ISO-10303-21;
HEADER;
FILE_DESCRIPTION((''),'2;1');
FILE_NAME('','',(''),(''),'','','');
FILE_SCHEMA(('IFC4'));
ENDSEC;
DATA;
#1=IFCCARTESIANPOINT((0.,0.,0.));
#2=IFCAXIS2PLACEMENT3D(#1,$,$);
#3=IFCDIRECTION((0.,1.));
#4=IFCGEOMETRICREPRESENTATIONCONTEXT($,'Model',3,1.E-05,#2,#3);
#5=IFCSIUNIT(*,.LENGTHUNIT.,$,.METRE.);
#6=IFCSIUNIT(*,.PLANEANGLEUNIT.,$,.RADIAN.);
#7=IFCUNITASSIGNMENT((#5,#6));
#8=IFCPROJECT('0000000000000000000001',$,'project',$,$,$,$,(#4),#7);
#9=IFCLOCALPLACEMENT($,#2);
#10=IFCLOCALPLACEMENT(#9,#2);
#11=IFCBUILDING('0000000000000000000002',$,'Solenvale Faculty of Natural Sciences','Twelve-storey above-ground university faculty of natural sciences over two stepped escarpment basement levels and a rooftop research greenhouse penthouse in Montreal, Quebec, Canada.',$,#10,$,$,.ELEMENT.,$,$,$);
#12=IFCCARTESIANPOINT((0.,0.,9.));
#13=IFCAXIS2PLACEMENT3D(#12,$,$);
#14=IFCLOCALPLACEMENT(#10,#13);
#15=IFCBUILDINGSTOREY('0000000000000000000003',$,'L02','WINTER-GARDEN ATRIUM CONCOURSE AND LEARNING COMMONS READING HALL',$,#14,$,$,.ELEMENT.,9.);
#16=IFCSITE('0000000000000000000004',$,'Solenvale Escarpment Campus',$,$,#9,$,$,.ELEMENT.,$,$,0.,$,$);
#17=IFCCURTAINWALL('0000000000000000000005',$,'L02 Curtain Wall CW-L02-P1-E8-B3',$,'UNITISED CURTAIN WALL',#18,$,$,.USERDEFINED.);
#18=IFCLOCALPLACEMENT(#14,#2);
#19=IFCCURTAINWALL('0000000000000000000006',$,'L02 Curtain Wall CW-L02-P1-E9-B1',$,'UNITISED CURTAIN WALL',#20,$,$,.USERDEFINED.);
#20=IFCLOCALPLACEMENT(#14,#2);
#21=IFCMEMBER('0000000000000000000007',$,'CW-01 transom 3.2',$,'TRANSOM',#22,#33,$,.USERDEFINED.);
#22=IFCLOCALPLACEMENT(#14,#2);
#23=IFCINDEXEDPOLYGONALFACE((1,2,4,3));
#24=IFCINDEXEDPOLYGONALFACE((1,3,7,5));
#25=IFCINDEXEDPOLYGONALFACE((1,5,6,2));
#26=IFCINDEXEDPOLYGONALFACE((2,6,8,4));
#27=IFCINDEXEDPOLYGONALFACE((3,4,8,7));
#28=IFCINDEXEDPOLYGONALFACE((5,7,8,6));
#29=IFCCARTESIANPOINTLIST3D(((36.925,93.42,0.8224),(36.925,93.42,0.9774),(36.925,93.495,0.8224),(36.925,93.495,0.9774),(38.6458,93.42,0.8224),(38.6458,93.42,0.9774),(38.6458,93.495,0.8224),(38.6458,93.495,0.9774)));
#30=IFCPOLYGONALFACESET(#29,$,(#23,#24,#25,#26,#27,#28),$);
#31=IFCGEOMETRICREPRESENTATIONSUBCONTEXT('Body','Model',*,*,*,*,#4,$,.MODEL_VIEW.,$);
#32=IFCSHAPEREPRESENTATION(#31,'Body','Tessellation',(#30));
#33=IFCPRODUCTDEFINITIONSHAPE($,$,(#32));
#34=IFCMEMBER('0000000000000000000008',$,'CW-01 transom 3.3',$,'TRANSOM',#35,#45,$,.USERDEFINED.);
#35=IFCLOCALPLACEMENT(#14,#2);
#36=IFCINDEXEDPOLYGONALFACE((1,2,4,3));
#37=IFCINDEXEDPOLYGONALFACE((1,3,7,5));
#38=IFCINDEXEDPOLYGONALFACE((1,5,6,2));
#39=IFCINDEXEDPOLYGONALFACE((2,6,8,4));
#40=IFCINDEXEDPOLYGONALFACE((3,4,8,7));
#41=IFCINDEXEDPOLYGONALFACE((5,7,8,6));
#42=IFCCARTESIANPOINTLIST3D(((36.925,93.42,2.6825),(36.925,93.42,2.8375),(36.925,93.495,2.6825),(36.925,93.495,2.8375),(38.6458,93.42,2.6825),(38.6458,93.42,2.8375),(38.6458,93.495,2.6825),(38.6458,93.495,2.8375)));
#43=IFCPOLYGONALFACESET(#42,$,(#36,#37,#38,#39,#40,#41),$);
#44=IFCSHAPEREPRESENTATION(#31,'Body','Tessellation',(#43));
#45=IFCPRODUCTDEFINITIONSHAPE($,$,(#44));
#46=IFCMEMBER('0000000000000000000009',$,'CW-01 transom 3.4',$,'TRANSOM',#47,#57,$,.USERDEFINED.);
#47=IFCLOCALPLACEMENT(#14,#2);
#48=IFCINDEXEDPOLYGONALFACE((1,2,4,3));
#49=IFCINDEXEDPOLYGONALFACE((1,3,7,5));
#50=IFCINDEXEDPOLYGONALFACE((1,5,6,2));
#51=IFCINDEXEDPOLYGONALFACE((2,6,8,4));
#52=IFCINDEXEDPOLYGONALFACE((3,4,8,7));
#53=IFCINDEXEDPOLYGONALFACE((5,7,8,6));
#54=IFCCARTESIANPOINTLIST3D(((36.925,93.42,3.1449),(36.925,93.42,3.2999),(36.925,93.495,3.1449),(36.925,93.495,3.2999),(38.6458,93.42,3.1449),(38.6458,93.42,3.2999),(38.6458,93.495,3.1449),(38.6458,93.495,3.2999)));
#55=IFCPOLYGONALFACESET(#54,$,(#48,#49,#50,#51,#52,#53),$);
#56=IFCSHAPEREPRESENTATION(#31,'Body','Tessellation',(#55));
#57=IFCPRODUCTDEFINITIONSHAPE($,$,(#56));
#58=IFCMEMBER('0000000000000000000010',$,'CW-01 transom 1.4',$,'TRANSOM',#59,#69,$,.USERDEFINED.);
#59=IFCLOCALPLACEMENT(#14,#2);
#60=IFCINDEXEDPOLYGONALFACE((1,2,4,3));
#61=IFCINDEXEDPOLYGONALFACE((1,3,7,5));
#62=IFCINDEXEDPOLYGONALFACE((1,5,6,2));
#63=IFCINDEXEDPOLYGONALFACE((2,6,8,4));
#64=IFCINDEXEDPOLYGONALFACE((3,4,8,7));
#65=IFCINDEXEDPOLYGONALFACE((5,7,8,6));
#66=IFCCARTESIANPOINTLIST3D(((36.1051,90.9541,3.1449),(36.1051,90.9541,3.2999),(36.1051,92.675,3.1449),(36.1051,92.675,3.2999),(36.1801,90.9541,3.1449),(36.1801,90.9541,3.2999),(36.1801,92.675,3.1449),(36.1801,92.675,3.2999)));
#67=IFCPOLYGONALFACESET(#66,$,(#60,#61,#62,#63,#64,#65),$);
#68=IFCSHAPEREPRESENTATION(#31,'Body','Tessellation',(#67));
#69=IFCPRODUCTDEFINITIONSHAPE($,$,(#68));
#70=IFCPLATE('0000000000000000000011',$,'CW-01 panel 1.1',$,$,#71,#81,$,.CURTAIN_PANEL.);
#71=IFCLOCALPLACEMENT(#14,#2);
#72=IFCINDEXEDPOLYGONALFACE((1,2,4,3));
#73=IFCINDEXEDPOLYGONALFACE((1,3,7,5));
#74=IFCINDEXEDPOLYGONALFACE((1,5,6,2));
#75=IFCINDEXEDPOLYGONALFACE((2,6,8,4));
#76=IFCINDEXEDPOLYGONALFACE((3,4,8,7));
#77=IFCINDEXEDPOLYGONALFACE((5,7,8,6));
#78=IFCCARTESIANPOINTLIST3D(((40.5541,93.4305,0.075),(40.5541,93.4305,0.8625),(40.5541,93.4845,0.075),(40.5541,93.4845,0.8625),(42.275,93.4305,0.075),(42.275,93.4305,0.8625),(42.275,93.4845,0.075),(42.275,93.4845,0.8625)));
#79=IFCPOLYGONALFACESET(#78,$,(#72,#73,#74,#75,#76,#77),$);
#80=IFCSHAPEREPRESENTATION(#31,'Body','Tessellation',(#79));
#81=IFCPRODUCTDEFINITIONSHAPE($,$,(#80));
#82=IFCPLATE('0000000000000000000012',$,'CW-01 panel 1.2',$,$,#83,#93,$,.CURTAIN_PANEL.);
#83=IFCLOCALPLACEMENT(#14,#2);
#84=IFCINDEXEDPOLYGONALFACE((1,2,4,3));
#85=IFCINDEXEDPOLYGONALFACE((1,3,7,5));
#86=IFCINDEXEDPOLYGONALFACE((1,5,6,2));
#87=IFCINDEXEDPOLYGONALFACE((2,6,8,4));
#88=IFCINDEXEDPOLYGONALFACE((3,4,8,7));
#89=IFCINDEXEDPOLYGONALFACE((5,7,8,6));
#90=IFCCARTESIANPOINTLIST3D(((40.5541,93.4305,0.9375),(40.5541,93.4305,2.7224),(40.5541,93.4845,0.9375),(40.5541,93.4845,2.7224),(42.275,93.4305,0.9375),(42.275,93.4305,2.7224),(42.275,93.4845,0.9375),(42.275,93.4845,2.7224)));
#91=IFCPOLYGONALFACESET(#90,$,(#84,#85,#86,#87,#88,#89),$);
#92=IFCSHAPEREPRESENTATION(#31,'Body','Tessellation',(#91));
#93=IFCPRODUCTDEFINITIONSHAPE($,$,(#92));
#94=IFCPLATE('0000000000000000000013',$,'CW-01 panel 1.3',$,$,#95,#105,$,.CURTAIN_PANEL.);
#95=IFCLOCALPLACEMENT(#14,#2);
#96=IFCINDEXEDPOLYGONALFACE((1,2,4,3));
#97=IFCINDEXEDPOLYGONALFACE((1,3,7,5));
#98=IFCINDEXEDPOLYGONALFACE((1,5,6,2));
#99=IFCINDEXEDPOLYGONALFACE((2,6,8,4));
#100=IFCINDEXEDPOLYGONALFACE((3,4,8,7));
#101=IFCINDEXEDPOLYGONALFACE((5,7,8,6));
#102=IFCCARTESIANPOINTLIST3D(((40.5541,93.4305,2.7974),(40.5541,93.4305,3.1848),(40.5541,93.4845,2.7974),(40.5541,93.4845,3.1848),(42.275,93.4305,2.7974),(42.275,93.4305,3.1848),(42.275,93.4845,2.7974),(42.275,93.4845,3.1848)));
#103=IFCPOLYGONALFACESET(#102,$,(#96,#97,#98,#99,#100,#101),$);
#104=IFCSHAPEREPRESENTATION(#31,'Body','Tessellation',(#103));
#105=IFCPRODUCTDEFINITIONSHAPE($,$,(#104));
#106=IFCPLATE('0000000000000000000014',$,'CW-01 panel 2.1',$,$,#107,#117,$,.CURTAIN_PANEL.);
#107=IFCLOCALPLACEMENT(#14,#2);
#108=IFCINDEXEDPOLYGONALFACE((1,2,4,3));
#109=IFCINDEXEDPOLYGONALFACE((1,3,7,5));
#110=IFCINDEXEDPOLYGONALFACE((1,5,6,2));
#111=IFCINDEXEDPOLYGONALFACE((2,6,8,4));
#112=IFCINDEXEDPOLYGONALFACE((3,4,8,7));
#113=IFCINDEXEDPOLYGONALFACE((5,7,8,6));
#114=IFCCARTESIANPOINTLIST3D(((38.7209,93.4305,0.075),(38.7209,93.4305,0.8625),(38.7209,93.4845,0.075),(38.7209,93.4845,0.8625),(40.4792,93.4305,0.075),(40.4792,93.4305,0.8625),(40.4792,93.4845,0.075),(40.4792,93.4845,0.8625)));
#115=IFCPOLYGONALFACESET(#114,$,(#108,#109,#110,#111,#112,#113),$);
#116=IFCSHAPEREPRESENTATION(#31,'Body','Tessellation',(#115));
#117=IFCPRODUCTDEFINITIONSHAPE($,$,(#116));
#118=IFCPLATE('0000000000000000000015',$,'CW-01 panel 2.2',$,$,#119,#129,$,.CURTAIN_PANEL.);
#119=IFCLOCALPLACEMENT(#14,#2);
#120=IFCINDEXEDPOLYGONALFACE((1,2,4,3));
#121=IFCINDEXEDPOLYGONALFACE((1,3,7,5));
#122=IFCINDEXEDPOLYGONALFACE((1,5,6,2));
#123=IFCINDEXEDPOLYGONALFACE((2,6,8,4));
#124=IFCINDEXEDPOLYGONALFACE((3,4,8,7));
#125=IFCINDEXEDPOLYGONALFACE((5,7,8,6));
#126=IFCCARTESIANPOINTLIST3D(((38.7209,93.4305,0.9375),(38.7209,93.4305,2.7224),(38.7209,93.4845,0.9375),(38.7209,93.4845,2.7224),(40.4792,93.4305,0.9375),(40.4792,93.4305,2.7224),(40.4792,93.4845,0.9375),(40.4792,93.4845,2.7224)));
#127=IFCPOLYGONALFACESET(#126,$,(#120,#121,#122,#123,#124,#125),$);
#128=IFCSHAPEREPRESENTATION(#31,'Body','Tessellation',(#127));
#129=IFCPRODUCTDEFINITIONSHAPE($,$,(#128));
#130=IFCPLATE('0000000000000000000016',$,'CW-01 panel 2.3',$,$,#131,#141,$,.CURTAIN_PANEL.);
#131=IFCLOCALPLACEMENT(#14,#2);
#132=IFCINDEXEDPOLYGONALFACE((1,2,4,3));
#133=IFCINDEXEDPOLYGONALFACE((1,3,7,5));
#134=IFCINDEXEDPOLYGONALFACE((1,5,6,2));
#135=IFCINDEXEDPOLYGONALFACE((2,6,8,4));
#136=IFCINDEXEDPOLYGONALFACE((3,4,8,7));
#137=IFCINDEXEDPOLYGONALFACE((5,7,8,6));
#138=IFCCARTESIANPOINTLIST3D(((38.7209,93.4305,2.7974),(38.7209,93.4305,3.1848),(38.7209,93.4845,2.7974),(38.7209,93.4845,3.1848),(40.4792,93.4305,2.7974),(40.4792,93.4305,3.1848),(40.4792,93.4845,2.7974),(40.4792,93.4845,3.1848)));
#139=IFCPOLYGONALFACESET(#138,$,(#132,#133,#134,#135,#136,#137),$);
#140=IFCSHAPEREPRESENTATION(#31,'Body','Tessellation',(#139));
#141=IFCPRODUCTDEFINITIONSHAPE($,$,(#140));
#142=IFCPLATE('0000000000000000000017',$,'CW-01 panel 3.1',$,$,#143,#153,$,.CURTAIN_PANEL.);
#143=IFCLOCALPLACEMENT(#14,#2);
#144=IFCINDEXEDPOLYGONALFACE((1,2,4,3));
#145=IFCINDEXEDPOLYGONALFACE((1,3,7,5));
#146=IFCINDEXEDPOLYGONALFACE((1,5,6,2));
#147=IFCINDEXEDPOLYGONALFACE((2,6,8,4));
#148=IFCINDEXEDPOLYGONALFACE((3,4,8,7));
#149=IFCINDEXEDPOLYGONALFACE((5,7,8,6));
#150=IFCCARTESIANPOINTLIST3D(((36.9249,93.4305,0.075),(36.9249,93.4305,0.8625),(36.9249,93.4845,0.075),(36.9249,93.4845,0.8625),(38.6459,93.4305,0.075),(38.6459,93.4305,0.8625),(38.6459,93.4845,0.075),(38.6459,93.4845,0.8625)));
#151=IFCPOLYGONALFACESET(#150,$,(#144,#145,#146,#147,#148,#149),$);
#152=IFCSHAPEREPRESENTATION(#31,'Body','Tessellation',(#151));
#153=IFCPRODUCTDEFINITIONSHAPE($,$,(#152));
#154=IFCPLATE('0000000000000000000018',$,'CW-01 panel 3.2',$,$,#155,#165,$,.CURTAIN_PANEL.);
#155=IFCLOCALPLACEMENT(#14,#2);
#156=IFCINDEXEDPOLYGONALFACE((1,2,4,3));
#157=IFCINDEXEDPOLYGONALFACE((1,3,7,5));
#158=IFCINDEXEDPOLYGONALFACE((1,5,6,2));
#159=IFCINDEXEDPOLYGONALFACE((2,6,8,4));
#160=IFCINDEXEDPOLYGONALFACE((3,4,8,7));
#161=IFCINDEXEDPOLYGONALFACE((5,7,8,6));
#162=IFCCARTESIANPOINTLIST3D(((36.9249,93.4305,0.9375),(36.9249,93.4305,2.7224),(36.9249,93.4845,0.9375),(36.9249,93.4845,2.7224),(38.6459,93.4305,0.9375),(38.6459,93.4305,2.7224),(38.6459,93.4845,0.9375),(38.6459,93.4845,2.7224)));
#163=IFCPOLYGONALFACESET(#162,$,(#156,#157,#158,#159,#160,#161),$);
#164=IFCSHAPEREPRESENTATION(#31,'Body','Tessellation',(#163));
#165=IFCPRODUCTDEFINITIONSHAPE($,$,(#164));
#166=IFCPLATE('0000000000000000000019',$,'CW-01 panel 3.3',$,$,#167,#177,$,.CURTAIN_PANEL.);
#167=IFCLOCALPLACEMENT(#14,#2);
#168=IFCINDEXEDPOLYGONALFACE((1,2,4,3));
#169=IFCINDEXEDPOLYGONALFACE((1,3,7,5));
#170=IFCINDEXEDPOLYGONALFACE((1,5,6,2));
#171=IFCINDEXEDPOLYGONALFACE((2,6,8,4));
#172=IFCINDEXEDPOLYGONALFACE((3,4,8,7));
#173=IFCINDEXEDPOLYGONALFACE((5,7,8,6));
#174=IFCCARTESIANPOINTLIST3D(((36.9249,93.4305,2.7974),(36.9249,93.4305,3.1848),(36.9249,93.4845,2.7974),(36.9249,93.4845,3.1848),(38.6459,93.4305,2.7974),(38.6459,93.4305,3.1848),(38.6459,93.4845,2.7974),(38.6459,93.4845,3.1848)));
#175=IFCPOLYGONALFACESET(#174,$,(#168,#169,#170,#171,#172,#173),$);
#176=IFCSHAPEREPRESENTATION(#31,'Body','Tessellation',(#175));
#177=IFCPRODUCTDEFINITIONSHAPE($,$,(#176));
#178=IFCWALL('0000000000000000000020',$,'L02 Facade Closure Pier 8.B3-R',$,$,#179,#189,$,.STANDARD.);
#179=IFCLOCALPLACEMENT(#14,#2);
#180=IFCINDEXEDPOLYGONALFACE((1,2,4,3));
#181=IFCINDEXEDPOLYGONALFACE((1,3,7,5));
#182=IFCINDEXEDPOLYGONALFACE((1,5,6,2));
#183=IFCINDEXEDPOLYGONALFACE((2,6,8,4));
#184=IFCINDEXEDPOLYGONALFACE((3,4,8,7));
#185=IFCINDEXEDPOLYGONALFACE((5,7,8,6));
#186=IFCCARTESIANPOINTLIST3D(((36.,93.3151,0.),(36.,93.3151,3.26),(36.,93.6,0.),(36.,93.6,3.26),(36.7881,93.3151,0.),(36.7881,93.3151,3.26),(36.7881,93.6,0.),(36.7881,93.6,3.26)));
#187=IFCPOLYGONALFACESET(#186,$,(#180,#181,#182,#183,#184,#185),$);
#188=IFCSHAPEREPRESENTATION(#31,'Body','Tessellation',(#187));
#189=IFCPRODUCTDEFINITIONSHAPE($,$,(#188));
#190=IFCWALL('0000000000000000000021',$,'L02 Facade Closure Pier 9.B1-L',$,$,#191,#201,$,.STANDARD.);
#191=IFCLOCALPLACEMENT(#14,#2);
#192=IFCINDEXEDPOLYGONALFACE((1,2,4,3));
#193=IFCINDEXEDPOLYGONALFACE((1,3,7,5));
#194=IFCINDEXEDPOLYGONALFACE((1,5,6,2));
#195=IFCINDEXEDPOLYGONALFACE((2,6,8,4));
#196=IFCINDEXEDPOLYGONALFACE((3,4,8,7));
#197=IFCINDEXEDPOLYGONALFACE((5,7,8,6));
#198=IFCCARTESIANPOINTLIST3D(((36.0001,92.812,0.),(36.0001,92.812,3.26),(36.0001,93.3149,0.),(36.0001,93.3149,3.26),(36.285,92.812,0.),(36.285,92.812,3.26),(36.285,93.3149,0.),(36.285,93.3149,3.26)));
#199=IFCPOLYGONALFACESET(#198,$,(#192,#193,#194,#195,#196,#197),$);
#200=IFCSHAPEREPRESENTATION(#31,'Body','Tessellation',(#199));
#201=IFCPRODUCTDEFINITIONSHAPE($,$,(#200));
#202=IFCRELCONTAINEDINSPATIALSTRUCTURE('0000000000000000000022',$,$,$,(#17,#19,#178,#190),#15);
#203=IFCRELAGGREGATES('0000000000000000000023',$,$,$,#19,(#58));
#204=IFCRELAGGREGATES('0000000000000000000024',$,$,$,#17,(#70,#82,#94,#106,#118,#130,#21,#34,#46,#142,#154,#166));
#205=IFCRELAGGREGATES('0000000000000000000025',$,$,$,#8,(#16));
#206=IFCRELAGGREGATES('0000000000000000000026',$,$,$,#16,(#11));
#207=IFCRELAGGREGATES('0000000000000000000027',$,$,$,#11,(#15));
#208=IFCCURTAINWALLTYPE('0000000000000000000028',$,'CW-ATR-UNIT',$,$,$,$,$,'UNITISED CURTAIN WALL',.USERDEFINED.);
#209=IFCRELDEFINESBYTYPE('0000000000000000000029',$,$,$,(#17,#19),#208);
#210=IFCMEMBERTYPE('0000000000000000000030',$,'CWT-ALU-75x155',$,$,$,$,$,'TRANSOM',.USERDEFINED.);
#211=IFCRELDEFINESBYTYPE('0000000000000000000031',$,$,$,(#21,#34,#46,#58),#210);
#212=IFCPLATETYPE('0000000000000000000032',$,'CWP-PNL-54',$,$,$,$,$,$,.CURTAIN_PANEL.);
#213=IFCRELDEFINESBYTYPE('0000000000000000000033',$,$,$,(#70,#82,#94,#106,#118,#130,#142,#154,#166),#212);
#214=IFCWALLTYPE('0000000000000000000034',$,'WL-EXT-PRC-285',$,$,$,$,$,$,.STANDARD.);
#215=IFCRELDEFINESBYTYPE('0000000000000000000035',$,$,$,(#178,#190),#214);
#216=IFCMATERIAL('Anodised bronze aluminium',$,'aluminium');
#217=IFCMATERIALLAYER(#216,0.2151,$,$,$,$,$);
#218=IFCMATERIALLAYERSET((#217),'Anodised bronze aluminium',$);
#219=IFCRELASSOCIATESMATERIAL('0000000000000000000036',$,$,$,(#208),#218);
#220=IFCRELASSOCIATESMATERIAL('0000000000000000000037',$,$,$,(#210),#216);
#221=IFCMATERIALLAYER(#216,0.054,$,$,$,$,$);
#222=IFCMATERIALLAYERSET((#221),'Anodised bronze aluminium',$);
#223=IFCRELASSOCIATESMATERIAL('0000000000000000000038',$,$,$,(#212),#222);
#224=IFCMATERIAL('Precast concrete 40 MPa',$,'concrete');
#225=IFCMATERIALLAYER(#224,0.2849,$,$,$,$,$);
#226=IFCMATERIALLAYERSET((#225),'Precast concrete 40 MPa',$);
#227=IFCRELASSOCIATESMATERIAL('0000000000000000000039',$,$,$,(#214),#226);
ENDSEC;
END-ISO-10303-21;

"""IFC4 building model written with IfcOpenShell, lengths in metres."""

from ifc_helpers import new_model, si_unit, direction, frame, frame_2d, origin, origin_2d, place, context, subcontext, project, spatial, rectangle, extrude, material, layer, layer_set, material_profile, profile_set, type_object, element, aggregate, save


model = new_model("IFC4")

# Units and contexts
model_context = context("Model", 3, precision=1e-05, world=origin(), true_north=direction((0.0, 1.0)))
body_context = subcontext(model_context, "Body", "Model", "MODEL_VIEW")
ifc_project = project(units=[si_unit("LENGTHUNIT", "METRE"), si_unit("PLANEANGLEUNIT", "RADIAN")], contexts=[model_context])

# Site, building, storey
site_placement = place(None, origin())
site = spatial("IfcSite", under=ifc_project, at=site_placement, Name="Solenvale Escarpment Campus", CompositionType="ELEMENT", RefElevation=0.0)
building_placement = place(site_placement, origin())
building = spatial("IfcBuilding", under=site, at=building_placement, Name="Solenvale Faculty of Natural Sciences", Description="Twelve-storey above-ground university faculty of natural sciences over two stepped escarpment basement levels and a rooftop research greenhouse penthouse in Montreal, Quebec, Canada.", CompositionType="ELEMENT")
storey_placement = place(building_placement, frame((0.0, 0.0, 9.0)))
storey = spatial("IfcBuildingStorey", under=building, at=storey_placement, Name="L02", Description="WINTER-GARDEN ATRIUM CONCOURSE AND LEARNING COMMONS READING HALL", CompositionType="ELEMENT", Elevation=9.0)

# Curtain wall
ifc_material_1 = material(Name="Anodised bronze aluminium", Category="aluminium")
ifc_layer_1 = layer(ifc_material_1, 0.2151)
ifc_layer_set_1 = layer_set([ifc_layer_1], Name="Anodised bronze aluminium")
curtain_wall_type = type_object("IfcCurtainWallType", Name="CW-ATR-UNIT", ElementType="UNITISED CURTAIN WALL", PredefinedType="USERDEFINED", material=ifc_layer_set_1)
curtain_wall_1_placement = place(storey_placement, origin())
curtain_wall_1 = element("IfcCurtainWall", 1, at=curtain_wall_1_placement, inside=storey, type_object=curtain_wall_type, Name="L02 Curtain Wall CW-L02-P1-E8-B3", ObjectType="UNITISED CURTAIN WALL", PredefinedType="USERDEFINED")

# Curtain wall
curtain_wall_2_placement = place(storey_placement, origin())
curtain_wall_2 = element("IfcCurtainWall", 2, at=curtain_wall_2_placement, inside=storey, type_object=curtain_wall_type, Name="L02 Curtain Wall CW-L02-P1-E9-B1", ObjectType="UNITISED CURTAIN WALL", PredefinedType="USERDEFINED")

# Members
ifc_material_profile_1 = material_profile(ifc_material_1, rectangle(XDim=0.075, YDim=0.155, at=origin_2d()), Name="ALU-TRN-75x155")
ifc_profile_set_1 = profile_set([ifc_material_profile_1], Name="Anodised bronze aluminium")
member_type_1 = type_object("IfcMemberType", Name="CWT-ALU-75x155", ElementType="TRANSOM", PredefinedType="USERDEFINED", material=ifc_profile_set_1)
member_1_placement = place(storey_placement, frame((38.6458, 93.4575, 0.8999), z_axis=(-1.0, 0.0, 0.0), x_axis=(0.0, -1.0, 0.0)))
member_1 = element("IfcMember", 3, at=member_1_placement, type_object=member_type_1, Name="CW-01 transom 3.2", ObjectType="TRANSOM", PredefinedType="USERDEFINED", context=body_context, shape_type="SweptSolid", body=[
    extrude(rectangle(XDim=0.075, YDim=0.155, at=origin_2d()), origin(), (0.0, 0.0, 1.0), 1.7207),
])
member_2_placement = place(storey_placement, frame((38.6458, 93.4575, 2.76), z_axis=(-1.0, 0.0, 0.0), x_axis=(0.0, -1.0, 0.0)))
member_2 = element("IfcMember", 4, at=member_2_placement, type_object=member_type_1, Name="CW-01 transom 3.3", ObjectType="TRANSOM", PredefinedType="USERDEFINED", context=body_context, shape_type="SweptSolid", body=[
    extrude(rectangle(XDim=0.075, YDim=0.155, at=origin_2d()), origin(), (0.0, 0.0, 1.0), 1.7207),
])
member_3_placement = place(storey_placement, frame((38.6458, 93.4575, 3.2224), z_axis=(-1.0, 0.0, 0.0), x_axis=(0.0, -1.0, 0.0)))
member_3 = element("IfcMember", 5, at=member_3_placement, type_object=member_type_1, Name="CW-01 transom 3.4", ObjectType="TRANSOM", PredefinedType="USERDEFINED", context=body_context, shape_type="SweptSolid", body=[
    extrude(rectangle(XDim=0.075, YDim=0.155, at=origin_2d()), origin(), (0.0, 0.0, 1.0), 1.7207),
])
member_4_placement = place(storey_placement, frame((36.1426, 92.675, 3.2224), z_axis=(0.0, -1.0, 0.0), x_axis=(1.0, 0.0, 0.0)))
member_4 = element("IfcMember", 6, at=member_4_placement, type_object=member_type_1, Name="CW-01 transom 1.4", ObjectType="TRANSOM", PredefinedType="USERDEFINED", context=body_context, shape_type="SweptSolid", body=[
    extrude(rectangle(XDim=0.075, YDim=0.155, at=origin_2d()), origin(), (0.0, 0.0, 1.0), 1.7209),
])
aggregate(curtain_wall_2, [member_4])

# Plates
ifc_layer_2 = layer(ifc_material_1, 0.054)
ifc_layer_set_2 = layer_set([ifc_layer_2], Name="Anodised bronze aluminium")
plate_type = type_object("IfcPlateType", Name="CWP-PNL-54", PredefinedType="CURTAIN_PANEL", material=ifc_layer_set_2)
plate_1_placement = place(storey_placement, frame((41.4146, 93.4575, 0.075), z_axis=(0.0, 0.0, 1.0), x_axis=(-1.0, 0.0, 0.0)))
plate_1 = element("IfcPlate", 7, at=plate_1_placement, type_object=plate_type, Name="CW-01 panel 1.1", PredefinedType="CURTAIN_PANEL", context=body_context, shape_type="SweptSolid", body=[
    extrude(rectangle(XDim=1.7209, YDim=0.054, at=origin_2d()), origin(), (0.0, 0.0, 1.0), 0.7876),
])
plate_2_placement = place(storey_placement, frame((41.4146, 93.4575, 0.9375), z_axis=(0.0, 0.0, 1.0), x_axis=(-1.0, 0.0, 0.0)))
plate_2 = element("IfcPlate", 8, at=plate_2_placement, type_object=plate_type, Name="CW-01 panel 1.2", PredefinedType="CURTAIN_PANEL", context=body_context, shape_type="SweptSolid", body=[
    extrude(rectangle(XDim=1.7209, YDim=0.054, at=origin_2d()), origin(), (0.0, 0.0, 1.0), 1.7849),
])
plate_3_placement = place(storey_placement, frame((41.4146, 93.4575, 2.7974), z_axis=(0.0, 0.0, 1.0), x_axis=(-1.0, 0.0, 0.0)))
plate_3 = element("IfcPlate", 9, at=plate_3_placement, type_object=plate_type, Name="CW-01 panel 1.3", PredefinedType="CURTAIN_PANEL", context=body_context, shape_type="SweptSolid", body=[
    extrude(rectangle(XDim=1.7209, YDim=0.054, at=origin_2d()), origin(), (0.0, 0.0, 1.0), 0.3875),
])
plate_4_placement = place(storey_placement, frame((39.6001, 93.4575, 0.075), z_axis=(0.0, 0.0, 1.0), x_axis=(-1.0, 0.0, 0.0)))
plate_4 = element("IfcPlate", 10, at=plate_4_placement, type_object=plate_type, Name="CW-01 panel 2.1", PredefinedType="CURTAIN_PANEL", context=body_context, shape_type="SweptSolid", body=[
    extrude(rectangle(XDim=1.7583, YDim=0.054, at=origin_2d()), origin(), (0.0, 0.0, 1.0), 0.7876),
])
plate_5_placement = place(storey_placement, frame((39.6001, 93.4575, 0.9375), z_axis=(0.0, 0.0, 1.0), x_axis=(-1.0, 0.0, 0.0)))
plate_5 = element("IfcPlate", 11, at=plate_5_placement, type_object=plate_type, Name="CW-01 panel 2.2", PredefinedType="CURTAIN_PANEL", context=body_context, shape_type="SweptSolid", body=[
    extrude(rectangle(XDim=1.7583, YDim=0.054, at=origin_2d()), origin(), (0.0, 0.0, 1.0), 1.7849),
])
plate_6_placement = place(storey_placement, frame((39.6001, 93.4575, 2.7974), z_axis=(0.0, 0.0, 1.0), x_axis=(-1.0, 0.0, 0.0)))
plate_6 = element("IfcPlate", 12, at=plate_6_placement, type_object=plate_type, Name="CW-01 panel 2.3", PredefinedType="CURTAIN_PANEL", context=body_context, shape_type="SweptSolid", body=[
    extrude(rectangle(XDim=1.7583, YDim=0.054, at=origin_2d()), origin(), (0.0, 0.0, 1.0), 0.3875),
])
plate_7_placement = place(storey_placement, frame((37.7854, 93.4575, 0.075), z_axis=(0.0, 0.0, 1.0), x_axis=(-1.0, 0.0, 0.0)))
plate_7 = element("IfcPlate", 13, at=plate_7_placement, type_object=plate_type, Name="CW-01 panel 3.1", PredefinedType="CURTAIN_PANEL", context=body_context, shape_type="SweptSolid", body=[
    extrude(rectangle(XDim=1.7209, YDim=0.054, at=origin_2d()), origin(), (0.0, 0.0, 1.0), 0.7876),
])
plate_8_placement = place(storey_placement, frame((37.7854, 93.4575, 0.9375), z_axis=(0.0, 0.0, 1.0), x_axis=(-1.0, 0.0, 0.0)))
plate_8 = element("IfcPlate", 14, at=plate_8_placement, type_object=plate_type, Name="CW-01 panel 3.2", PredefinedType="CURTAIN_PANEL", context=body_context, shape_type="SweptSolid", body=[
    extrude(rectangle(XDim=1.7209, YDim=0.054, at=origin_2d()), origin(), (0.0, 0.0, 1.0), 1.7849),
])
plate_9_placement = place(storey_placement, frame((37.7854, 93.4575, 2.7974), z_axis=(0.0, 0.0, 1.0), x_axis=(-1.0, 0.0, 0.0)))
plate_9 = element("IfcPlate", 15, at=plate_9_placement, type_object=plate_type, Name="CW-01 panel 3.3", PredefinedType="CURTAIN_PANEL", context=body_context, shape_type="SweptSolid", body=[
    extrude(rectangle(XDim=1.7209, YDim=0.054, at=origin_2d()), origin(), (0.0, 0.0, 1.0), 0.3875),
])
aggregate(curtain_wall_1, [plate_1, plate_2, plate_3, plate_4, plate_5, plate_6, member_1, member_2, member_3, plate_7, plate_8, plate_9])

# Walls
ifc_material_2 = material(Name="Precast concrete 40 MPa", Category="concrete")
ifc_layer_3 = layer(ifc_material_2, 0.2849)
ifc_layer_set_3 = layer_set([ifc_layer_3], Name="Precast concrete 40 MPa")
wall_type = type_object("IfcWallType", Name="WL-EXT-PRC-285", PredefinedType="STANDARD", material=ifc_layer_set_3)
wall_1_placement = place(storey_placement, frame((36.7881, 93.4575, 0.0), z_axis=(0.0, 0.0, 1.0), x_axis=(-1.0, 0.0, 0.0)))
element("IfcWall", 16, at=wall_1_placement, inside=storey, type_object=wall_type, Name="L02 Facade Closure Pier 8.B3-R", PredefinedType="STANDARD", context=body_context, shape_type="SweptSolid", body=[
    extrude(rectangle(XDim=0.7881, YDim=0.2849, at=frame_2d((0.394, 0.0))), origin(), (0.0, 0.0, 1.0), 3.26),
])
wall_2_placement = place(storey_placement, frame((36.1426, 93.3149, 0.0), z_axis=(0.0, 0.0, 1.0), x_axis=(0.0, -1.0, 0.0)))
element("IfcWall", 17, at=wall_2_placement, inside=storey, type_object=wall_type, Name="L02 Facade Closure Pier 9.B1-L", PredefinedType="STANDARD", context=body_context, shape_type="SweptSolid", body=[
    extrude(rectangle(XDim=0.5029, YDim=0.2849, at=frame_2d((0.2515, 0.0))), origin(), (0.0, 0.0, 1.0), 3.26),
])

save(model, "model.ifc")
